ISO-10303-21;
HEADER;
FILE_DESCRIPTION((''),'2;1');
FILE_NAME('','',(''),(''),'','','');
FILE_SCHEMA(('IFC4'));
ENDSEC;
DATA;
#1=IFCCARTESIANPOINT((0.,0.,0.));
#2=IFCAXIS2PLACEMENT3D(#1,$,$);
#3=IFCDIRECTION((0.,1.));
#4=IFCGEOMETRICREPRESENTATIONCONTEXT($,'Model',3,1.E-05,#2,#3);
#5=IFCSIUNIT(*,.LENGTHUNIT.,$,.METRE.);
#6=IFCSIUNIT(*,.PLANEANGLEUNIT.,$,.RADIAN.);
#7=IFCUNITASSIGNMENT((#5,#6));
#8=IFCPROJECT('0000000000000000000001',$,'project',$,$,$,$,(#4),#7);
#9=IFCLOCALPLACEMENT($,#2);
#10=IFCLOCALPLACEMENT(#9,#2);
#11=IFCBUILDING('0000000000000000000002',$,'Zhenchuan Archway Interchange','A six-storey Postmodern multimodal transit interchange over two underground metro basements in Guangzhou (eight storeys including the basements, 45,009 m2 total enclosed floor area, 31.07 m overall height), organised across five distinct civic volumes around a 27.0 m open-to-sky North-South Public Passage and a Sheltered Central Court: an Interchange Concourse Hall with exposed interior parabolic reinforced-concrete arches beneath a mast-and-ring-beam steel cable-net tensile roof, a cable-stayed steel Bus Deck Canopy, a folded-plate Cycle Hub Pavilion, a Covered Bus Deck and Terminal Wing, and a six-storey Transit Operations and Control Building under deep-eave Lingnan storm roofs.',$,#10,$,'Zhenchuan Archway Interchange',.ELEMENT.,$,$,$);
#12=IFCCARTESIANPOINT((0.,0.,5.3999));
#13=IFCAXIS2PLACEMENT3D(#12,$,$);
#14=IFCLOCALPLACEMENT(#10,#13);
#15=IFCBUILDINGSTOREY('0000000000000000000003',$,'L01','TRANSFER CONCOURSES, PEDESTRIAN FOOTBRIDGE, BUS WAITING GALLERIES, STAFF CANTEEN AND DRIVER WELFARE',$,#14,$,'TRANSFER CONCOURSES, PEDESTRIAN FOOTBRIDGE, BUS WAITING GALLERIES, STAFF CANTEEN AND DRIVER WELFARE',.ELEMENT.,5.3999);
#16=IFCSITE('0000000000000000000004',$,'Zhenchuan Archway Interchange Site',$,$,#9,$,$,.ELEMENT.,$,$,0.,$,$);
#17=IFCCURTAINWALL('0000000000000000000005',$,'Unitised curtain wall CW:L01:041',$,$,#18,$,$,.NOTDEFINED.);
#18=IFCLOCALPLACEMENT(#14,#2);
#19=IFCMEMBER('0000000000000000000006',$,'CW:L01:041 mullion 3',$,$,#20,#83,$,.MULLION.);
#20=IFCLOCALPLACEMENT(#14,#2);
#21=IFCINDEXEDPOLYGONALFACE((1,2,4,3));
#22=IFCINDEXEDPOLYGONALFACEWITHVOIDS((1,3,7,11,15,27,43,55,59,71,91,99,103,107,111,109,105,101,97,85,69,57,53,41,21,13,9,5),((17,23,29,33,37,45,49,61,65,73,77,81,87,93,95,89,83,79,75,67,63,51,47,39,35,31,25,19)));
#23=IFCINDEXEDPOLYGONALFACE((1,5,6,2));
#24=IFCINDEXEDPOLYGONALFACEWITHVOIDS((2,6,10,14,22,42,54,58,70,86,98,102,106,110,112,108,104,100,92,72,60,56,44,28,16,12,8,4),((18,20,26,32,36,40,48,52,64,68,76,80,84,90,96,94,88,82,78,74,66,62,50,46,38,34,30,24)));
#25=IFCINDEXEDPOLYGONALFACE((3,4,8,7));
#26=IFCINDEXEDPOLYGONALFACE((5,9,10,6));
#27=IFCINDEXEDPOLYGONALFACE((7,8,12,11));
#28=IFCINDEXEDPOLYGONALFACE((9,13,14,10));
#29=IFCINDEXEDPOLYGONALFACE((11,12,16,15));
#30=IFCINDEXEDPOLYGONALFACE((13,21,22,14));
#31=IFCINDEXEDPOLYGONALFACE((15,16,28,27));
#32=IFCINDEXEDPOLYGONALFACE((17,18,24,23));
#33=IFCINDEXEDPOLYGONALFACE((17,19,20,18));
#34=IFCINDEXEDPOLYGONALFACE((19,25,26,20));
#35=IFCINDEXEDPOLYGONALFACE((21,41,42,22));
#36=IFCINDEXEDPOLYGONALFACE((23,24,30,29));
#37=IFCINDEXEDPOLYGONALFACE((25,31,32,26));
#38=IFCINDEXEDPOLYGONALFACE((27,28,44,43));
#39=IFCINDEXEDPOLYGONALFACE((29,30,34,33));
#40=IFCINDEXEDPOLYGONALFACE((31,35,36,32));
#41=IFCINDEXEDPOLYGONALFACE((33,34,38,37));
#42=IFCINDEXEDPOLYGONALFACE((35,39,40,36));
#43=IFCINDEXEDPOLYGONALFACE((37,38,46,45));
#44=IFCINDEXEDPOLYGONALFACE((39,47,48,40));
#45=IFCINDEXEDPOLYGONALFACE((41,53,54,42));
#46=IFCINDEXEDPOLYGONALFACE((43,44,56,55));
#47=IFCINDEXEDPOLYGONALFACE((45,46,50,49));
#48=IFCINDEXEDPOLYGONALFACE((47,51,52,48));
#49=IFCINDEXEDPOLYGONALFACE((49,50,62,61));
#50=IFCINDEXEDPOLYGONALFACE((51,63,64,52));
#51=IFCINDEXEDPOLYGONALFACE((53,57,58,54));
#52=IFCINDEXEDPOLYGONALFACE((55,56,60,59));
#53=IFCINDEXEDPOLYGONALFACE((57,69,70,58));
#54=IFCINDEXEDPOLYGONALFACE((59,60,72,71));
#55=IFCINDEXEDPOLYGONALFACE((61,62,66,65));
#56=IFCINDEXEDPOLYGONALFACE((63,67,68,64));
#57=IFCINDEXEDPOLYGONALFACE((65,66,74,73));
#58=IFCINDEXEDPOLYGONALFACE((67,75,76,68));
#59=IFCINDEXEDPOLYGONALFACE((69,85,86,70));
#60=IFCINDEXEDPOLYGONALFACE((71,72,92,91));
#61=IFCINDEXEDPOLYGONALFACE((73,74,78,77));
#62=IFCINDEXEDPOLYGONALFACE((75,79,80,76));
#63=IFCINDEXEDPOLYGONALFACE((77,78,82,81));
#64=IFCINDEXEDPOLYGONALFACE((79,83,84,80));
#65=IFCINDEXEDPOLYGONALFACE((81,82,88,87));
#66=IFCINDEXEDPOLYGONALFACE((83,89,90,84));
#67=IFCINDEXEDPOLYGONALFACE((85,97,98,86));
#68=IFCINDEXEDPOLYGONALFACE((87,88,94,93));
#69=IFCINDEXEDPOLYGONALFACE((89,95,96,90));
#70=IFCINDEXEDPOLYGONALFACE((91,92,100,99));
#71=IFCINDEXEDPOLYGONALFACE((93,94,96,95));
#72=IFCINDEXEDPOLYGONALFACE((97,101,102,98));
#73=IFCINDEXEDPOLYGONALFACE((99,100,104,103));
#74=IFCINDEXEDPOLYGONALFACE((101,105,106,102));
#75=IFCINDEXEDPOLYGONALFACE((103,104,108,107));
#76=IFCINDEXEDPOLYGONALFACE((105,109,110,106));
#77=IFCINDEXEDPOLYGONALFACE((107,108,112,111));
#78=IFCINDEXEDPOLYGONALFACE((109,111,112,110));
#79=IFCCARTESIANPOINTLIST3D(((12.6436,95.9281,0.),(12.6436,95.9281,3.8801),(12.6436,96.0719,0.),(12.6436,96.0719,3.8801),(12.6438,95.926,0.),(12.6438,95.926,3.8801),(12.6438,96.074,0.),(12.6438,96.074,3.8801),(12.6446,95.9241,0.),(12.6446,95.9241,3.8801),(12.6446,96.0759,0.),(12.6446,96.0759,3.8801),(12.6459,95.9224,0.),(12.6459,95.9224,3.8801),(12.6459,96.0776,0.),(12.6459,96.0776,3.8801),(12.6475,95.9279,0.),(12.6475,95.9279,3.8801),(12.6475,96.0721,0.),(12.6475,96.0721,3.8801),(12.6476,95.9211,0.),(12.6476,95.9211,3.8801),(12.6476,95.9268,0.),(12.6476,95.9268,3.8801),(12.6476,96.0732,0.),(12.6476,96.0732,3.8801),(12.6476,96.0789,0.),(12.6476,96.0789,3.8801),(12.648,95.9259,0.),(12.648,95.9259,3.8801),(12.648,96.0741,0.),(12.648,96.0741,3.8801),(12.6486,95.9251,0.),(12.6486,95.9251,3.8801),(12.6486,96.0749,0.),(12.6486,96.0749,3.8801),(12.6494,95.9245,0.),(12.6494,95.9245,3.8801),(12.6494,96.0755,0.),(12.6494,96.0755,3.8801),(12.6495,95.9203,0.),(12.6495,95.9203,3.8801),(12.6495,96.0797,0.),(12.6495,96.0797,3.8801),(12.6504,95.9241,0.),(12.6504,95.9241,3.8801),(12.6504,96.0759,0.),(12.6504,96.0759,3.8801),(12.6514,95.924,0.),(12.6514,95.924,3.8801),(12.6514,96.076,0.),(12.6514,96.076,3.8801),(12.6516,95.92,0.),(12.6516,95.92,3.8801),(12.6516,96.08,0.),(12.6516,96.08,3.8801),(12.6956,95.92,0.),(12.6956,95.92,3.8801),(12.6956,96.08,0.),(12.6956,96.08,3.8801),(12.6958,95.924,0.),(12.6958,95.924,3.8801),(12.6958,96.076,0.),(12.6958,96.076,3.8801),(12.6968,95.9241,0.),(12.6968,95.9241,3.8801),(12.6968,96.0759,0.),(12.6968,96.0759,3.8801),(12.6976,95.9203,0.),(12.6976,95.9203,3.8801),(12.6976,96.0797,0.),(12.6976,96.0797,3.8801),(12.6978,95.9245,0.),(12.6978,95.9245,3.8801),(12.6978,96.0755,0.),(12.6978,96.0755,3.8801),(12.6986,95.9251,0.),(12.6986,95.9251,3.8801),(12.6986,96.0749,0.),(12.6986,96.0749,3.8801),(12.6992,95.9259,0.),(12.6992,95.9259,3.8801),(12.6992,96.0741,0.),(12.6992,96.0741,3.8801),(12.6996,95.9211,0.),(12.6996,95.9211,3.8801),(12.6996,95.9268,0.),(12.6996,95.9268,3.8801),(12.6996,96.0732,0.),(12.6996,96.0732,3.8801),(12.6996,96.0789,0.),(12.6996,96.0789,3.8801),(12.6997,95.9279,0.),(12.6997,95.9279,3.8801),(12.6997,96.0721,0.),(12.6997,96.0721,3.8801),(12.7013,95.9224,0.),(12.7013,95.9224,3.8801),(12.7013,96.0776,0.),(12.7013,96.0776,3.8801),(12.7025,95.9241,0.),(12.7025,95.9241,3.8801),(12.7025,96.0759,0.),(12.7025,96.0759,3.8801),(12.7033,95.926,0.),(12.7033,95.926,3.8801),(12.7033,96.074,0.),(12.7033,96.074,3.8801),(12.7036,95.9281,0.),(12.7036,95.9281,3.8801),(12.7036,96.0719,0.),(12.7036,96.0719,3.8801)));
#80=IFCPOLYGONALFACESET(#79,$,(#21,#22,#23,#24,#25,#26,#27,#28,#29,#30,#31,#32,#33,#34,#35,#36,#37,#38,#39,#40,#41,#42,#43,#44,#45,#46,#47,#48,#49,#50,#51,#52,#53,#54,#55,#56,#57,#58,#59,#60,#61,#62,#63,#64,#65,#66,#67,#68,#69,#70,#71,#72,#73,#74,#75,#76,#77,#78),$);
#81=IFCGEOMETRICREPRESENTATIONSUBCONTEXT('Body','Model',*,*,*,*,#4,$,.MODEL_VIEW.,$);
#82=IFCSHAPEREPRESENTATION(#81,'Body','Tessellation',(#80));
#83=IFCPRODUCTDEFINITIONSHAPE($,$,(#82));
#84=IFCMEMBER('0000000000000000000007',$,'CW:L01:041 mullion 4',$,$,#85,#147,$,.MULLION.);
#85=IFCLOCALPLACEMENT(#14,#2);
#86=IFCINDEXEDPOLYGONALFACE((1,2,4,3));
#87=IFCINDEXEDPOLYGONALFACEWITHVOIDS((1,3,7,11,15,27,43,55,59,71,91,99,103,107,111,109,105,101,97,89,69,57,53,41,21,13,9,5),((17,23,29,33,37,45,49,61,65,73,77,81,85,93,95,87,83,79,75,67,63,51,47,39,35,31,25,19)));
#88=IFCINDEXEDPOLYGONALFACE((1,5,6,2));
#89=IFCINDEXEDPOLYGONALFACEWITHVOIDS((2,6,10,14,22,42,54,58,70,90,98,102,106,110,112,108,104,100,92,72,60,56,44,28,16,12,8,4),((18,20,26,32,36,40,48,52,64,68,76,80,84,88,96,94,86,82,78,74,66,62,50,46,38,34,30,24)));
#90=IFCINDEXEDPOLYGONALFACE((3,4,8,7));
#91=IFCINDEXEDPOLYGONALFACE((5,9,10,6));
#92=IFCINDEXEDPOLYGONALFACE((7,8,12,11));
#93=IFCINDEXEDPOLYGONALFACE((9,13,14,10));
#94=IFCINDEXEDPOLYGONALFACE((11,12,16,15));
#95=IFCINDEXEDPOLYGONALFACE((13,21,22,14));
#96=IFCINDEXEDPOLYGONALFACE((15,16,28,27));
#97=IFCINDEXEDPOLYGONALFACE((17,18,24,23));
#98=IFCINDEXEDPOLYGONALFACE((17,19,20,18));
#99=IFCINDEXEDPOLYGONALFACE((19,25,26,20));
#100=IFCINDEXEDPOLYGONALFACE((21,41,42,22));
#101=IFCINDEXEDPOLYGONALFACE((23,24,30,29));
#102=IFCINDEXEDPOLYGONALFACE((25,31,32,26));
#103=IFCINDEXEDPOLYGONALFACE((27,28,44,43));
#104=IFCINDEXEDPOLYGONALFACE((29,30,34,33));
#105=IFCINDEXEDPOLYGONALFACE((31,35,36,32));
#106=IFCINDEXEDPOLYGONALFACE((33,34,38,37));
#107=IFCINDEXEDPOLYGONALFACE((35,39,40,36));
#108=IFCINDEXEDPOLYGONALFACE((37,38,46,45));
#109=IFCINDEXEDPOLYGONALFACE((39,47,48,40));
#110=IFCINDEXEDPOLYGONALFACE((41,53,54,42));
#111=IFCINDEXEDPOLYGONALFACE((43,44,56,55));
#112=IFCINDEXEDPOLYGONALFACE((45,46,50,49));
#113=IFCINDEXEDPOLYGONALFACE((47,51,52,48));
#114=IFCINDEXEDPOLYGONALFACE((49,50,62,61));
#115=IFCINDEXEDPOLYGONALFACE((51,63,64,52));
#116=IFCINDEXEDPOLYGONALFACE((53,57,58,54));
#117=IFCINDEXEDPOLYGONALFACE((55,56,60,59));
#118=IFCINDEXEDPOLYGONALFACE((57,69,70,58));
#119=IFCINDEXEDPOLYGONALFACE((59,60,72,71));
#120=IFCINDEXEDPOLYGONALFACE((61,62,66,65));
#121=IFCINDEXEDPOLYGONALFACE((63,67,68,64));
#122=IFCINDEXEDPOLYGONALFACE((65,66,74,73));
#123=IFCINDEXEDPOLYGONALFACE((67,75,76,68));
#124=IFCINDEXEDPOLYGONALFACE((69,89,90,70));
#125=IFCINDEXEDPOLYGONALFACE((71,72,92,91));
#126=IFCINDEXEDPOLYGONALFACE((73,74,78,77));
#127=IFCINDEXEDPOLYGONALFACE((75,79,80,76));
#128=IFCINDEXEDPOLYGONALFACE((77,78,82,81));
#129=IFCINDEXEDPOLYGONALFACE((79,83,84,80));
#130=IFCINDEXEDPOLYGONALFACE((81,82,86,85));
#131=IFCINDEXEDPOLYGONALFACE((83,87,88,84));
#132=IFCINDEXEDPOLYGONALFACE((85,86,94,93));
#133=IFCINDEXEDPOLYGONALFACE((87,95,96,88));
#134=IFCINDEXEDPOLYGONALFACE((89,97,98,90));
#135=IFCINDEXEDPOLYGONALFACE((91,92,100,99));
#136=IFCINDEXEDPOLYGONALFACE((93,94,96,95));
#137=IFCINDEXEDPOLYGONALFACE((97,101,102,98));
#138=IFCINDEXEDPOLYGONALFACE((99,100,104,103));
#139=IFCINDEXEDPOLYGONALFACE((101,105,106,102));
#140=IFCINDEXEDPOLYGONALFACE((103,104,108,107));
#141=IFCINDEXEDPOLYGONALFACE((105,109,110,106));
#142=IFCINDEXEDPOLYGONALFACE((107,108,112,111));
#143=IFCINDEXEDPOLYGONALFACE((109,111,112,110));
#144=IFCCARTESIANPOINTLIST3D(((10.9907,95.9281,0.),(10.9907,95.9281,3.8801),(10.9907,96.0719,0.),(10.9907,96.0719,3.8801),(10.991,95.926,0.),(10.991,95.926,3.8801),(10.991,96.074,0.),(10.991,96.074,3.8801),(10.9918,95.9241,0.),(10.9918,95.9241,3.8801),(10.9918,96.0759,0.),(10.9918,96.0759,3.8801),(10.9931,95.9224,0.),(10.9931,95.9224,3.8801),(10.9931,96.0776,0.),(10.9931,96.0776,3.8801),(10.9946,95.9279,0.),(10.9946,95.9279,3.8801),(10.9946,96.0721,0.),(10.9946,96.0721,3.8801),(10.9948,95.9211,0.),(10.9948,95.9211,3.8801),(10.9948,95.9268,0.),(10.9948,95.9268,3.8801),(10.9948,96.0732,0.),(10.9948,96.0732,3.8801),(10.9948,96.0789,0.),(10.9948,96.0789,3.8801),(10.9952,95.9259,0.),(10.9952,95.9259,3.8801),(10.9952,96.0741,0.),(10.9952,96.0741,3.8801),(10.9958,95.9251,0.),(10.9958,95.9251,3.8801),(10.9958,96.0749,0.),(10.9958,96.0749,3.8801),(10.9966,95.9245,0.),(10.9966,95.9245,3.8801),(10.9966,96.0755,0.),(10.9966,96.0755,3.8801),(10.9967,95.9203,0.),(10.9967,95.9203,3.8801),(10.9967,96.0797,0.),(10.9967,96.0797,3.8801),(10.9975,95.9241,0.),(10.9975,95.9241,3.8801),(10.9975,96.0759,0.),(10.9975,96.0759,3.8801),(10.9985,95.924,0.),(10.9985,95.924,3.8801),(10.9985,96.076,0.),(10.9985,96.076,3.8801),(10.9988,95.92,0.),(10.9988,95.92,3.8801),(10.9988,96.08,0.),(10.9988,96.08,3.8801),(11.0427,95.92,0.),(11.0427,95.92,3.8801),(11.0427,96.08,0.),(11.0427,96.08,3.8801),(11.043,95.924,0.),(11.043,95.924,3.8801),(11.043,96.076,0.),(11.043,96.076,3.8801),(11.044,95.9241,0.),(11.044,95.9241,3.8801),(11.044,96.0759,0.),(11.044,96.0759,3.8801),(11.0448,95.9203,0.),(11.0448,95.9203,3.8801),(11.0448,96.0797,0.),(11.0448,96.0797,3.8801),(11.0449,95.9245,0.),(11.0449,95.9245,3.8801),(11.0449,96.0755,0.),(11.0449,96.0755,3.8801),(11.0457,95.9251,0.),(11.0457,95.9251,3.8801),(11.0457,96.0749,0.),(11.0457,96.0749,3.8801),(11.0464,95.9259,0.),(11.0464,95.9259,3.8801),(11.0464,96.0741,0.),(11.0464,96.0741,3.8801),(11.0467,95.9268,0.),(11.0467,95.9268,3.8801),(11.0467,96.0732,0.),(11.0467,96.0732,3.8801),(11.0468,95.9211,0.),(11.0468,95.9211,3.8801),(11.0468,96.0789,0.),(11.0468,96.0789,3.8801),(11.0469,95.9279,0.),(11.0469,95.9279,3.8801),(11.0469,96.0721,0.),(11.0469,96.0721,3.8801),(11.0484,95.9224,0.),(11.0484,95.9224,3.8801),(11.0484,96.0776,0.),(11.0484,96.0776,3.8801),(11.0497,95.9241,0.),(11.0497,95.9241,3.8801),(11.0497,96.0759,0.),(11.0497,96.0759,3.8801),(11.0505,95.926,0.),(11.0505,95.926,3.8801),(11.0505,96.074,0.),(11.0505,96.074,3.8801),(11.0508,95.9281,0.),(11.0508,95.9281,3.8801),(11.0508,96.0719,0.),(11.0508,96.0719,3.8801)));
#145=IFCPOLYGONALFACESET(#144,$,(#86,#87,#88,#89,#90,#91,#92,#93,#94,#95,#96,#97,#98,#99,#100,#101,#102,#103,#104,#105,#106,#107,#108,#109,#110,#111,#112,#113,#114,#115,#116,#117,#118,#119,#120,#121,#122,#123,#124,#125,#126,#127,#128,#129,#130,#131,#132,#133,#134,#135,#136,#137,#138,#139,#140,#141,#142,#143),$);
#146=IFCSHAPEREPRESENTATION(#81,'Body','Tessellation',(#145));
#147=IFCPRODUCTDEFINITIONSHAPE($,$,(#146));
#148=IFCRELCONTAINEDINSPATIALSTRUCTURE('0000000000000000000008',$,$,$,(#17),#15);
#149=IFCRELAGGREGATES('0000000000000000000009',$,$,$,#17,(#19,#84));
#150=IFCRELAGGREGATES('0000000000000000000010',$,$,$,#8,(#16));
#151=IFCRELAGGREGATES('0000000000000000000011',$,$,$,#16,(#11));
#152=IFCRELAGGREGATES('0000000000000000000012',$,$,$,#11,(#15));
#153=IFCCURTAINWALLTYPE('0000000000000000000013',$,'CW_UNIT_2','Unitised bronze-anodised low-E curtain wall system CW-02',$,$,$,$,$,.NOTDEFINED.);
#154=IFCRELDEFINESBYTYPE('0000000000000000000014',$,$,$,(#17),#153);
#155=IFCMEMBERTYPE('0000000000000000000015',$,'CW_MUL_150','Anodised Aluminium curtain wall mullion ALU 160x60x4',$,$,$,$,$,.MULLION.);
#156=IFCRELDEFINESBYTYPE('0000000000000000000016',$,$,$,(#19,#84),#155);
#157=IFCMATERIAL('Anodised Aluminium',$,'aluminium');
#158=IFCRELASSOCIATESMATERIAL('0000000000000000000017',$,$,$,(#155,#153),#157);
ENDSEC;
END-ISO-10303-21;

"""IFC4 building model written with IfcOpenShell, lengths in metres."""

from ifc_helpers import new_model, si_unit, direction, frame, origin, origin_2d, place, context, subcontext, project, spatial, hollow_rectangle, extrude, material, material_profile, profile_set, type_object, element, aggregate, save


model = new_model("IFC4")

# Units and contexts
model_context = context("Model", 3, precision=1e-05, world=origin(), true_north=direction((0.0, 1.0)))
body_context = subcontext(model_context, "Body", "Model", "MODEL_VIEW")
ifc_project = project(units=[si_unit("LENGTHUNIT", "METRE"), si_unit("PLANEANGLEUNIT", "RADIAN")], contexts=[model_context])

# Site, building, storey
site_placement = place(None, origin())
site = spatial("IfcSite", under=ifc_project, at=site_placement, Name="Zhenchuan Archway Interchange Site", CompositionType="ELEMENT", RefElevation=0.0)
building_placement = place(site_placement, origin())
building = spatial("IfcBuilding", under=site, at=building_placement, Name="Zhenchuan Archway Interchange", Description="A six-storey Postmodern multimodal transit interchange over two underground metro basements in Guangzhou (eight storeys including the basements, 45,009 m2 total enclosed floor area, 31.07 m overall height), organised across five distinct civic volumes around a 27.0 m open-to-sky North-South Public Passage and a Sheltered Central Court: an Interchange Concourse Hall with exposed interior parabolic reinforced-concrete arches beneath a mast-and-ring-beam steel cable-net tensile roof, a cable-stayed steel Bus Deck Canopy, a folded-plate Cycle Hub Pavilion, a Covered Bus Deck and Terminal Wing, and a six-storey Transit Operations and Control Building under deep-eave Lingnan storm roofs.", LongName="Zhenchuan Archway Interchange", CompositionType="ELEMENT")
storey_placement = place(building_placement, frame((0.0, 0.0, 5.3999)))
storey = spatial("IfcBuildingStorey", under=building, at=storey_placement, Name="L01", Description="TRANSFER CONCOURSES, PEDESTRIAN FOOTBRIDGE, BUS WAITING GALLERIES, STAFF CANTEEN AND DRIVER WELFARE", LongName="TRANSFER CONCOURSES, PEDESTRIAN FOOTBRIDGE, BUS WAITING GALLERIES, STAFF CANTEEN AND DRIVER WELFARE", CompositionType="ELEMENT", Elevation=5.3999)

# Shared definitions
ifc_material_1 = material(Name="Anodised Aluminium", Category="aluminium")
ifc_material_profile_1 = material_profile(ifc_material_1, hollow_rectangle(XDim=0.0601, YDim=0.1599, WallThickness=0.0039, InnerFilletRadius=0.0039, OuterFilletRadius=0.0081, at=origin_2d()), Name="ALU 160x60x4")
ifc_profile_set_1 = profile_set([ifc_material_profile_1], Name="Anodised Aluminium")
member_type_1 = type_object("IfcMemberType", Name="CW_MUL_150", Description="Anodised Aluminium curtain wall mullion ALU 160x60x4", PredefinedType="MULLION", material=ifc_profile_set_1)

# Curtain wall, members
curtain_wall_type_1 = type_object("IfcCurtainWallType", Name="CW_UNIT_2", Description="Unitised bronze-anodised low-E curtain wall system CW-02", PredefinedType="NOTDEFINED", material=ifc_material_1)
curtain_wall_1_placement = place(storey_placement, origin())
curtain_wall_1 = element("IfcCurtainWall", 1, at=curtain_wall_1_placement, inside=storey, type_object=curtain_wall_type_1, Name="Unitised curtain wall CW:L01:041", PredefinedType="NOTDEFINED")
member_1_placement = place(storey_placement, frame((12.6736, 96.0, 0.0), z_axis=(0.0, 0.0, 1.0), x_axis=(1.0, 0.0, 0.0)))
member_1 = element("IfcMember", 2, at=member_1_placement, type_object=member_type_1, Name="CW:L01:041 mullion 3", PredefinedType="MULLION", context=body_context, shape_type="SweptSolid", body=[
    extrude(hollow_rectangle(XDim=0.0601, YDim=0.1599, WallThickness=0.0039, InnerFilletRadius=0.0039, OuterFilletRadius=0.0081, at=origin_2d()), origin(), (0.0, 0.0, 1.0), 3.8801),
])
member_2_placement = place(storey_placement, frame((11.0208, 96.0, 0.0), z_axis=(0.0, 0.0, 1.0), x_axis=(1.0, 0.0, 0.0)))
member_2 = element("IfcMember", 3, at=member_2_placement, type_object=member_type_1, Name="CW:L01:041 mullion 4", PredefinedType="MULLION", context=body_context, shape_type="SweptSolid", body=[
    extrude(hollow_rectangle(XDim=0.0601, YDim=0.1599, WallThickness=0.0039, InnerFilletRadius=0.0039, OuterFilletRadius=0.0081, at=origin_2d()), origin(), (0.0, 0.0, 1.0), 3.8801),
])

aggregate(curtain_wall_1, [member_1, member_2])

save(model, "model.ifc")
